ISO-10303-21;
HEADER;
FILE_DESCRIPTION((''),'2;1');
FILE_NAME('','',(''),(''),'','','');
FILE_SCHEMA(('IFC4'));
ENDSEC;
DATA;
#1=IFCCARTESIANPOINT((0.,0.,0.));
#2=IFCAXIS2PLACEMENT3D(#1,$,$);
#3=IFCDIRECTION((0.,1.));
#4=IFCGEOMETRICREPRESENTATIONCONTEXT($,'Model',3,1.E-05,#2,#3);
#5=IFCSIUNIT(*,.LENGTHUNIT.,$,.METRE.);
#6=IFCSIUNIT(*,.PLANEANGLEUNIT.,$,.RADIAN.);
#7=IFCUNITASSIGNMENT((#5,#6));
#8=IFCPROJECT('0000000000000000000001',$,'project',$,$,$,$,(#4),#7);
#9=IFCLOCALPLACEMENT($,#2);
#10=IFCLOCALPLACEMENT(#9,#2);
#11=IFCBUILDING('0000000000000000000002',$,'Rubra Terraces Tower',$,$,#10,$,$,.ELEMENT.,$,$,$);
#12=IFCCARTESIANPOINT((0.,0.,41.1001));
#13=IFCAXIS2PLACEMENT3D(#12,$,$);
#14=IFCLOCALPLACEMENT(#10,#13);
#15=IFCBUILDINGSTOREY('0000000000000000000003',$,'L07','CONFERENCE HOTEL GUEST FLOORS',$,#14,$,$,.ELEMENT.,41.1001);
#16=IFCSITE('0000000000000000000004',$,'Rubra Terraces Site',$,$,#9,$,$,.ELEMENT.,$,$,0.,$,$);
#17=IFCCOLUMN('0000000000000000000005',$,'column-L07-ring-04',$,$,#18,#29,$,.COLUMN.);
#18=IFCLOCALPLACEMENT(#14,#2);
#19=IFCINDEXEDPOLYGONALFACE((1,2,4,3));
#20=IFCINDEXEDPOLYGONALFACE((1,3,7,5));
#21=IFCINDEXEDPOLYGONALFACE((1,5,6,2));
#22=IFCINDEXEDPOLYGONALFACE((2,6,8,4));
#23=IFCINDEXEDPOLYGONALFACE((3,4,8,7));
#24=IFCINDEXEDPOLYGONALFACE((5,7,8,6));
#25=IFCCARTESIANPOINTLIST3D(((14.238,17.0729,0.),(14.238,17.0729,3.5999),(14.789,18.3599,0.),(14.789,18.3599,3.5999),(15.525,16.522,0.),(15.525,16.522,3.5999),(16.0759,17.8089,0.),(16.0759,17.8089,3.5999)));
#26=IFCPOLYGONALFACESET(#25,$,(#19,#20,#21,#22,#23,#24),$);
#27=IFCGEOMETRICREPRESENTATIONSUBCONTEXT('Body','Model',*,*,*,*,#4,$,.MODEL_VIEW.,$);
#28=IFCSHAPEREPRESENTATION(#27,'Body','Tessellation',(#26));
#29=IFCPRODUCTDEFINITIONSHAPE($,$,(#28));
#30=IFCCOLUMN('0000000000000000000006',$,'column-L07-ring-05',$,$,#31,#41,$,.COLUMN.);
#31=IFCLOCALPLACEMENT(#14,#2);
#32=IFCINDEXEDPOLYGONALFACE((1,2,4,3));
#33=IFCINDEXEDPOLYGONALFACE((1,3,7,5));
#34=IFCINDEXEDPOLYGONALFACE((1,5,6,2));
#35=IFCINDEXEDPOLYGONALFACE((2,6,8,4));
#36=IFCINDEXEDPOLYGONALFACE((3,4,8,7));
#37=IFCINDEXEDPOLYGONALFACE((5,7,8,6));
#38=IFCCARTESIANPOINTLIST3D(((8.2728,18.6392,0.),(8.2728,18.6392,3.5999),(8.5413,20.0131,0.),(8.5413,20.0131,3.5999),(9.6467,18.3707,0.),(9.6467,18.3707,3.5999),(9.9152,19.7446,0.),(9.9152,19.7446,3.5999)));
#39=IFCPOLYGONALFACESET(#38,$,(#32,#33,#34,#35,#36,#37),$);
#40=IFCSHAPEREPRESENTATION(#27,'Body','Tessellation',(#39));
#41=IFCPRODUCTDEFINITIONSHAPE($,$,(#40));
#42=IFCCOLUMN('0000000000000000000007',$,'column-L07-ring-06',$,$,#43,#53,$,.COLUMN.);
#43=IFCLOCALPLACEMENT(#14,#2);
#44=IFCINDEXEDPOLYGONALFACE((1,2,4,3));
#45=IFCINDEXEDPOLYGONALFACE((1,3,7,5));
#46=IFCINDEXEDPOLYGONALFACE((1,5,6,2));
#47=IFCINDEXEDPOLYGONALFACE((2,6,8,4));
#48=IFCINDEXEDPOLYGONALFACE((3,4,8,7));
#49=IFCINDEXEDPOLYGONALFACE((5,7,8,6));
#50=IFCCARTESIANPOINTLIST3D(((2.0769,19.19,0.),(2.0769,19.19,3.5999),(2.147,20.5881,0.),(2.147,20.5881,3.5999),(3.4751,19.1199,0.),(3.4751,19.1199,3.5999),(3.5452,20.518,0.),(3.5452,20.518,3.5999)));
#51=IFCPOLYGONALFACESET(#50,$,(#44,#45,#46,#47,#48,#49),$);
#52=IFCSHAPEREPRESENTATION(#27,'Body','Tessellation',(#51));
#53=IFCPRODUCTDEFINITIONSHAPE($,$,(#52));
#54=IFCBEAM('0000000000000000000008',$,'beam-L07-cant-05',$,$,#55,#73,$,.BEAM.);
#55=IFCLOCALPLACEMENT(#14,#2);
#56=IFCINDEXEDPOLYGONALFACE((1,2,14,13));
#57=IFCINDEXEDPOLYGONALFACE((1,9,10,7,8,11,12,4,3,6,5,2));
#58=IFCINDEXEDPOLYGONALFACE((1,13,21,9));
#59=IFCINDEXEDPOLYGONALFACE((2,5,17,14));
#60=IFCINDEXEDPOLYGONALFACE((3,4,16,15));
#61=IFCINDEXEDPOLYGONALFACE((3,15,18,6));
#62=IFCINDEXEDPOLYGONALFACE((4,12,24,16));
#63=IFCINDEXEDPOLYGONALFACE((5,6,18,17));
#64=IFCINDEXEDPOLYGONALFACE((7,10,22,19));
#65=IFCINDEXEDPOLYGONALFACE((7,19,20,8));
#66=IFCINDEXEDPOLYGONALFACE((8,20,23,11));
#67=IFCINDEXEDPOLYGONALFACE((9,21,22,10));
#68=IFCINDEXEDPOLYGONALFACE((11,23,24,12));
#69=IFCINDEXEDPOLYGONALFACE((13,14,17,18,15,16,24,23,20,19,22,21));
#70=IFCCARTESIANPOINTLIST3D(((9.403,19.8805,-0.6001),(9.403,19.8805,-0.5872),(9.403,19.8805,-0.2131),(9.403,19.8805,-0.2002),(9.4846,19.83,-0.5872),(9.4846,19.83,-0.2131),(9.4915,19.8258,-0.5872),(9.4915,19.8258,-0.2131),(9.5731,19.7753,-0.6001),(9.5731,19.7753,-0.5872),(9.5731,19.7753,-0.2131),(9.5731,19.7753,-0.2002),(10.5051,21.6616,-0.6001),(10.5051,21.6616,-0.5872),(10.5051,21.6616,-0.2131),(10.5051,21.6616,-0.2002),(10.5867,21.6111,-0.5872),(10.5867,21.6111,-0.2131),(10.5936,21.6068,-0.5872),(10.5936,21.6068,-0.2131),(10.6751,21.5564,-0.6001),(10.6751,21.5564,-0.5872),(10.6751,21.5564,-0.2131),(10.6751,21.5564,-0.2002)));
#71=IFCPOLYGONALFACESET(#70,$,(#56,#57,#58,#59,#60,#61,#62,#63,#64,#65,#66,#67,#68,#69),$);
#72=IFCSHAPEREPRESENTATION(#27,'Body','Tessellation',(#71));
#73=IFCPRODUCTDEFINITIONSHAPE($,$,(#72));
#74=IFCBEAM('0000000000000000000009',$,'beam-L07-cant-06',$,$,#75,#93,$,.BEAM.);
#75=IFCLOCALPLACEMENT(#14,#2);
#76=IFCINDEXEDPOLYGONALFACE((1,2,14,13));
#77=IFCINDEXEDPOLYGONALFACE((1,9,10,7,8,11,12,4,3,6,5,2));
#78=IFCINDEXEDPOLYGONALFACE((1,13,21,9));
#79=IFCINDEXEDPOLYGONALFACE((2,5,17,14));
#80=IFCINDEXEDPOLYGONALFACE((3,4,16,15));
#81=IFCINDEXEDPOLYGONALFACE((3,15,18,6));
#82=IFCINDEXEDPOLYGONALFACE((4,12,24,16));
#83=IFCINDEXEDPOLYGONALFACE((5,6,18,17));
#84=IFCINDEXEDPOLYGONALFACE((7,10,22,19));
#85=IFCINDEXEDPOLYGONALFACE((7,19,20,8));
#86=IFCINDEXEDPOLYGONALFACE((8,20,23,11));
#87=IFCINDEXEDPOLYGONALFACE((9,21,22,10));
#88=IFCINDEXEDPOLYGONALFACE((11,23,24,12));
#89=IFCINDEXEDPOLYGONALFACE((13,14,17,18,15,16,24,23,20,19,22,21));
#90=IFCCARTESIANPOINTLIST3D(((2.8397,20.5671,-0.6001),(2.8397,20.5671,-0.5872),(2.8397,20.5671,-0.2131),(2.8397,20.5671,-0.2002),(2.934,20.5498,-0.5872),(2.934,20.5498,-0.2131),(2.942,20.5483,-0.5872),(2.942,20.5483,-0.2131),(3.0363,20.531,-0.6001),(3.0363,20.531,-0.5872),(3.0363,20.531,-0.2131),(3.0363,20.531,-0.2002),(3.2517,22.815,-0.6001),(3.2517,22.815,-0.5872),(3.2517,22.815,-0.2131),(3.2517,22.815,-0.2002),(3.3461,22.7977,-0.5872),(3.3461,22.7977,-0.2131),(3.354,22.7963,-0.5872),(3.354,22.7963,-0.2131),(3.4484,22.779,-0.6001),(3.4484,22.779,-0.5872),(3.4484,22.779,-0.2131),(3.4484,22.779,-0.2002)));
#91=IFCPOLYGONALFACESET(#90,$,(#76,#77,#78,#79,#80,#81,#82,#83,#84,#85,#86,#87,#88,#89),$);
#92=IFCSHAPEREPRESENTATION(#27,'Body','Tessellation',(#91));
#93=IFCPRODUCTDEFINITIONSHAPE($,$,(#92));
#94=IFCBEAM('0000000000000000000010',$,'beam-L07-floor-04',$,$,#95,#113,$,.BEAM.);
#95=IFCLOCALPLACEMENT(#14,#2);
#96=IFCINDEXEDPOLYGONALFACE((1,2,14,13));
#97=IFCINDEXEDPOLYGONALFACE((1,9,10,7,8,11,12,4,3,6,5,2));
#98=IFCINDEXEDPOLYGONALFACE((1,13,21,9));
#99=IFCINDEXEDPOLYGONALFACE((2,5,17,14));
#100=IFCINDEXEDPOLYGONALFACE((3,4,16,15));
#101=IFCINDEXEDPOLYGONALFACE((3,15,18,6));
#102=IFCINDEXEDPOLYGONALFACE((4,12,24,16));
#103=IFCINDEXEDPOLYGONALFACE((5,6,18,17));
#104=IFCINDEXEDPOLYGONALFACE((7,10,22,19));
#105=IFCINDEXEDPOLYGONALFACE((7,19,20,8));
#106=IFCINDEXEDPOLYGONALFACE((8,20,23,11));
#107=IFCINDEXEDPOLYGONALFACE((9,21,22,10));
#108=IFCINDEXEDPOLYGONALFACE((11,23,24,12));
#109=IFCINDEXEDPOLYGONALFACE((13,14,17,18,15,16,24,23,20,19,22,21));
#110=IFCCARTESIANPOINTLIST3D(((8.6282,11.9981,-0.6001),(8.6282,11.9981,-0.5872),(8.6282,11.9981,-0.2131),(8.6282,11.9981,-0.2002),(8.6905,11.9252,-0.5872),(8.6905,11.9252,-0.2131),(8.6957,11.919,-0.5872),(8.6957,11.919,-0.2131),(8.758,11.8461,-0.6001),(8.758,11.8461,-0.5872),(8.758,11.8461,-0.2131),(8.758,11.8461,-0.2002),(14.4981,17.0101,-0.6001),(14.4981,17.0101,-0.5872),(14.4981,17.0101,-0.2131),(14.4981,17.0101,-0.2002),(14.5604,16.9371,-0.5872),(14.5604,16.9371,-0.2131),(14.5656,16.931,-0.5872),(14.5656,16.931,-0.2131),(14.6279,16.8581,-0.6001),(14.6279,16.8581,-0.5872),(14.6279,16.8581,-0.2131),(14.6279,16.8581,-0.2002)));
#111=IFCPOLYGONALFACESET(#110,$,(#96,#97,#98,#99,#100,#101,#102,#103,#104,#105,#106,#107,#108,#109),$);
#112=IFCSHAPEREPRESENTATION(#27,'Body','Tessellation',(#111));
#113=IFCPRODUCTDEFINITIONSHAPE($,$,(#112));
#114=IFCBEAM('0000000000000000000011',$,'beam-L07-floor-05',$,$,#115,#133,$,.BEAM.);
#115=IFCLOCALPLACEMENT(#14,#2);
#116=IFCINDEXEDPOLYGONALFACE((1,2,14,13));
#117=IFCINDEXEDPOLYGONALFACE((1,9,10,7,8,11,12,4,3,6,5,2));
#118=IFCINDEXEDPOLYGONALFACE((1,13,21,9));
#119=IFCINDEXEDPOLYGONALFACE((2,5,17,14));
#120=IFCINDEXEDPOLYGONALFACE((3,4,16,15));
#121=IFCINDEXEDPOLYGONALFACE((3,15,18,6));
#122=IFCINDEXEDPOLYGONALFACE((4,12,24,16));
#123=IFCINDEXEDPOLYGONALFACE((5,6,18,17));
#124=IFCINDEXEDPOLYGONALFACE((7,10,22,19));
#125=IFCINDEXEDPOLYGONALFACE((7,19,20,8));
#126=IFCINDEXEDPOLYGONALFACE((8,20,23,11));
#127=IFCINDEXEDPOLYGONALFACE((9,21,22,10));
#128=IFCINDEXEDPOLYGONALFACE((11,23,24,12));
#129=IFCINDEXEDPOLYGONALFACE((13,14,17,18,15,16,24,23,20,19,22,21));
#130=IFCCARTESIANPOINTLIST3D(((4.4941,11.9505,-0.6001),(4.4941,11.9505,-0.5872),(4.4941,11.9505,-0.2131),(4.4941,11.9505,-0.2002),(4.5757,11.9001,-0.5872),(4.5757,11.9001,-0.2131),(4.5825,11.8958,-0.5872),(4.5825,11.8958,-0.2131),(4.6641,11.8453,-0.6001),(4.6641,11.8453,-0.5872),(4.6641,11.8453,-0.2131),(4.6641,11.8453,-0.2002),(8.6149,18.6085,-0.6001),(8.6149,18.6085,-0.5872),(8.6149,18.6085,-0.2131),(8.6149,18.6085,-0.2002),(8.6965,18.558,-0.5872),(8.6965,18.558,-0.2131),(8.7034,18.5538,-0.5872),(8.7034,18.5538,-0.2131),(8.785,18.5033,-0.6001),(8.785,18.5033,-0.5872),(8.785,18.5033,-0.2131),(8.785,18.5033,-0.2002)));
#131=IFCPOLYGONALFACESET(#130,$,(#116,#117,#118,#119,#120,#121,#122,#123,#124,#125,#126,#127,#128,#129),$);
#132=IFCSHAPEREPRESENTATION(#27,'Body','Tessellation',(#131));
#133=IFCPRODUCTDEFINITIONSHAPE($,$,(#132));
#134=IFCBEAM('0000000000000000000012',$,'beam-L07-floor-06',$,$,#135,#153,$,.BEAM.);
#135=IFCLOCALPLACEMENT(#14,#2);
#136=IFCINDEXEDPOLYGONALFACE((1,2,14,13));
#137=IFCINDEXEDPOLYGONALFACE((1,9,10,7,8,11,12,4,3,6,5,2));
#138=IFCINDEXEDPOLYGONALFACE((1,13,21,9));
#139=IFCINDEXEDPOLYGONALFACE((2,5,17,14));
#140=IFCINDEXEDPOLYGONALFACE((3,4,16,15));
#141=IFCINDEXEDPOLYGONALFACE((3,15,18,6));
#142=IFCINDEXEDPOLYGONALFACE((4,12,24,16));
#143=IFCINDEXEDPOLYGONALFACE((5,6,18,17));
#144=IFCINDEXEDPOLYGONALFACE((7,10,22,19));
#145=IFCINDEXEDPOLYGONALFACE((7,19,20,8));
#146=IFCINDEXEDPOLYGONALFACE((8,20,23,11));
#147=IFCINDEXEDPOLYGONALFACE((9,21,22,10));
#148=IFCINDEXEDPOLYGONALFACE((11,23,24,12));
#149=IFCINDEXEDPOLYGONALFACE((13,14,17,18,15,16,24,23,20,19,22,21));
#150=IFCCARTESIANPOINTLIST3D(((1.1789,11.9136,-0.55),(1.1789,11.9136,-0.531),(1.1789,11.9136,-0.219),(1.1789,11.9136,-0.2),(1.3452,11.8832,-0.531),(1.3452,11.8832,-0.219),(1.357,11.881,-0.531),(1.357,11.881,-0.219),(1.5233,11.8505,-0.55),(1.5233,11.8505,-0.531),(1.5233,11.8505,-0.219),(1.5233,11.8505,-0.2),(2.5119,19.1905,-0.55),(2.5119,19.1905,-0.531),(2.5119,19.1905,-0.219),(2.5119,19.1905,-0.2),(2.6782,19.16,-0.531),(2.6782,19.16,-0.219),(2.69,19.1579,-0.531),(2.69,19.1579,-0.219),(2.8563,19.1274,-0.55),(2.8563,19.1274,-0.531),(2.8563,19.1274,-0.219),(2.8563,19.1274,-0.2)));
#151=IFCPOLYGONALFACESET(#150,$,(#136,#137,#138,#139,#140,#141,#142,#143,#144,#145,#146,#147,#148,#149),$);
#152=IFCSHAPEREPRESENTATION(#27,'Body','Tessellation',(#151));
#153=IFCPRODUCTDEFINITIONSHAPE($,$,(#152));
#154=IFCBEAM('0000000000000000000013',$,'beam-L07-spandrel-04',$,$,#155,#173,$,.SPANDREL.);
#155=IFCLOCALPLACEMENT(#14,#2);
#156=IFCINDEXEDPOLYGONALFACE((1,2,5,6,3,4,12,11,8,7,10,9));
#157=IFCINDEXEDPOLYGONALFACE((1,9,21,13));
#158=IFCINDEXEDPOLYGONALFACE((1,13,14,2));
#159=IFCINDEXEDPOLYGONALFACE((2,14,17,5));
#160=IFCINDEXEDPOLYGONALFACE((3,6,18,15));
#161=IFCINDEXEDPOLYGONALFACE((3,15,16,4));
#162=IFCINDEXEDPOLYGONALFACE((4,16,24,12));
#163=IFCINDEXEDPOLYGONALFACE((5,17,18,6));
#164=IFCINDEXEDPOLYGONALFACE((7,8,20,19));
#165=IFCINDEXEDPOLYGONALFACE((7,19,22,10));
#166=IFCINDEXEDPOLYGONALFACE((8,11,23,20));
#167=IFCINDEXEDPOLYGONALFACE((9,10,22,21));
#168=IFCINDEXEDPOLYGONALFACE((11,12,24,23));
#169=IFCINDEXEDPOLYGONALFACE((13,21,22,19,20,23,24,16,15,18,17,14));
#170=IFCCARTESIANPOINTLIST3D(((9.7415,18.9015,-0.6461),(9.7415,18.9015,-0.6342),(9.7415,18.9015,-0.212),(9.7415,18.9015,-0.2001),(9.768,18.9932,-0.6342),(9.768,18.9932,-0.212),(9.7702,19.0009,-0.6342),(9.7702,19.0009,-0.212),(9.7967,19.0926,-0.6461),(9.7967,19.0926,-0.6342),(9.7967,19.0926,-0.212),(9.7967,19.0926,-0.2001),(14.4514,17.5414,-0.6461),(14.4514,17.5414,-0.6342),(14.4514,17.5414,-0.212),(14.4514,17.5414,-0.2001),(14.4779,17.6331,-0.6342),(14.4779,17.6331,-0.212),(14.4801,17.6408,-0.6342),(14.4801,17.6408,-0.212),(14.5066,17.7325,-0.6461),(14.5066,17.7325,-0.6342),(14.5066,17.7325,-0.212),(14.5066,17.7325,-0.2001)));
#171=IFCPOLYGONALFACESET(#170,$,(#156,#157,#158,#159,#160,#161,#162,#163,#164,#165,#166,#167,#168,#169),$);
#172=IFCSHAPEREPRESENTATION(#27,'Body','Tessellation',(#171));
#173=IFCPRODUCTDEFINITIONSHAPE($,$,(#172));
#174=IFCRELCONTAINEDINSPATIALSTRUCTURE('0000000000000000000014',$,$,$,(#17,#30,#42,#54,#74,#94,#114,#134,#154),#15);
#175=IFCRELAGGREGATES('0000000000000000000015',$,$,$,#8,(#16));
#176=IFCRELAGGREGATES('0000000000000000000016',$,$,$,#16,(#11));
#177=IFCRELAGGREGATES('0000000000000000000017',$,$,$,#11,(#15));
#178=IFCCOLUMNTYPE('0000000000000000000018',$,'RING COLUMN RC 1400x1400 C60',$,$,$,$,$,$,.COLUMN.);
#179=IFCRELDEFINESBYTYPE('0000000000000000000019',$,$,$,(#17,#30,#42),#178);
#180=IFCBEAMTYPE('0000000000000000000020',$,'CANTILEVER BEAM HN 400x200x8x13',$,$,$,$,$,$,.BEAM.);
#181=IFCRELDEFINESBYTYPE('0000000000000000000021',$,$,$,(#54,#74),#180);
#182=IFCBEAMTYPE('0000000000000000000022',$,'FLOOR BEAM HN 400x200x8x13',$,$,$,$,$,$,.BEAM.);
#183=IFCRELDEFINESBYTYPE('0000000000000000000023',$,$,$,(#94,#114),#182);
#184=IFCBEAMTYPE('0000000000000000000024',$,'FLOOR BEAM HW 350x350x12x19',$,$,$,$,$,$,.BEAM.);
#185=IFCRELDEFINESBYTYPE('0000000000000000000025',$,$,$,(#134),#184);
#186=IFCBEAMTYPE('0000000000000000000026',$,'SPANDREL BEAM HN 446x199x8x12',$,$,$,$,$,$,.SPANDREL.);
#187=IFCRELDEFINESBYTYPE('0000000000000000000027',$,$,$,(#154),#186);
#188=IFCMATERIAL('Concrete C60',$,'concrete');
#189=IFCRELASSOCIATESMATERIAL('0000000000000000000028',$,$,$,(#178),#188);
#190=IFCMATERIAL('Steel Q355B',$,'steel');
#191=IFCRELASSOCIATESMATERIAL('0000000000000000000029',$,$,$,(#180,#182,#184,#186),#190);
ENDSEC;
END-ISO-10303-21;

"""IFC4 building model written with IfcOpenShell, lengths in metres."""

from ifc_helpers import new_model, si_unit, direction, frame, origin, origin_2d, place, context, subcontext, project, spatial, rectangle, i_section, extrude, material, material_profile, profile_set, type_object, element, save


model = new_model("IFC4")

# Units and contexts
model_context = context("Model", 3, precision=1e-05, world=origin(), true_north=direction((0.0, 1.0)))
body_context = subcontext(model_context, "Body", "Model", "MODEL_VIEW")
ifc_project = project(units=[si_unit("LENGTHUNIT", "METRE"), si_unit("PLANEANGLEUNIT", "RADIAN")], contexts=[model_context])

# Site, building, storey
site_placement = place(None, origin())
site = spatial("IfcSite", under=ifc_project, at=site_placement, Name="Rubra Terraces Site", CompositionType="ELEMENT", RefElevation=0.0)
building_placement = place(site_placement, origin())
building = spatial("IfcBuilding", under=site, at=building_placement, Name="Rubra Terraces Tower", CompositionType="ELEMENT")
storey_placement = place(building_placement, frame((0.0, 0.0, 41.1001)))
storey = spatial("IfcBuildingStorey", under=building, at=storey_placement, Name="L07", Description="CONFERENCE HOTEL GUEST FLOORS", CompositionType="ELEMENT", Elevation=41.1001)

# Columns
ifc_material_1 = material(Name="Concrete C60", Category="concrete")
ifc_material_profile_1 = material_profile(ifc_material_1, rectangle(XDim=1.3999, YDim=1.3999, at=origin_2d()), Name="RC 1400x1400")
ifc_profile_set_1 = profile_set([ifc_material_profile_1], Name="Concrete C60")
column_type = type_object("IfcColumnType", Name="RING COLUMN RC 1400x1400 C60", PredefinedType="COLUMN", material=ifc_profile_set_1)
for number, where, z_axis, x_axis, name in (
    (1, (15.157, 17.4409, 0.0), (0.0, 0.0, 1.0), (-0.919294, 0.393572, 0.0), "column-L07-ring-04"),
    (2, (9.094, 19.1919, 0.0), (0.0, 0.0, 1.0), (-0.98143, 0.191819, 0.0), "column-L07-ring-05"),
    (3, (2.811, 19.854, 0.0), (0.0, 0.0, 1.0), (-0.998745, 0.050084, 0.0), "column-L07-ring-06"),
):
    element("IfcColumn", number, at=place(storey_placement, frame(where, z_axis=z_axis, x_axis=x_axis)), inside=storey, type_object=column_type, Name=name, PredefinedType="COLUMN", context=body_context, shape_type="SweptSolid", body=[
        extrude(rectangle(XDim=1.3999, YDim=1.3999, at=origin_2d()), origin(), (0.0, 0.0, 1.0), 3.5999),
    ])

# Beams
ifc_material_2 = material(Name="Steel Q355B", Category="steel")
ifc_material_profile_2 = material_profile(ifc_material_2, i_section(OverallWidth=0.2, OverallDepth=0.3999, WebThickness=0.0081, FlangeThickness=0.0129, at=origin_2d()), Name="HN 400x200x8x13")
ifc_profile_set_2 = profile_set([ifc_material_profile_2], Name="Steel Q355B")
beam_type_1 = type_object("IfcBeamType", Name="CANTILEVER BEAM HN 400x200x8x13", PredefinedType="BEAM", material=ifc_profile_set_2)
beam_1_placement = place(storey_placement, frame((9.488, 19.8279, -0.4001), z_axis=(0.52619, 0.850367, 0.0), x_axis=(-0.850367, 0.52619, 0.0)))
element("IfcBeam", 4, at=beam_1_placement, inside=storey, type_object=beam_type_1, Name="beam-L07-cant-05", PredefinedType="BEAM", context=body_context, shape_type="SweptSolid", body=[
    extrude(i_section(OverallWidth=0.2, OverallDepth=0.3999, WebThickness=0.0081, FlangeThickness=0.0129, at=origin_2d()), origin(), (0.0, 0.0, 1.0), 2.0945),
])
beam_2_placement = place(storey_placement, frame((2.938, 20.5491, -0.4001), z_axis=(0.180314, 0.983609, 0.0), x_axis=(-0.983609, 0.180314, 0.0)))
element("IfcBeam", 5, at=beam_2_placement, inside=storey, type_object=beam_type_1, Name="beam-L07-cant-06", PredefinedType="BEAM", context=body_context, shape_type="SweptSolid", body=[
    extrude(i_section(OverallWidth=0.2, OverallDepth=0.3999, WebThickness=0.0081, FlangeThickness=0.0129, at=origin_2d()), origin(), (0.0, 0.0, 1.0), 2.2854),
])
ifc_material_profile_3 = material_profile(ifc_material_2, i_section(OverallWidth=0.2, OverallDepth=0.3999, WebThickness=0.0081, FlangeThickness=0.0129, at=origin_2d()), Name="HN 400x200x8x13")
ifc_profile_set_3 = profile_set([ifc_material_profile_3], Name="Steel Q355B")
beam_type_2 = type_object("IfcBeamType", Name="FLOOR BEAM HN 400x200x8x13", PredefinedType="BEAM", material=ifc_profile_set_3)
beam_3_placement = place(storey_placement, frame((14.563, 16.9341, -0.4001), z_axis=(-0.760494, -0.649344, 0.0), x_axis=(0.649344, -0.760494, 0.0)))
element("IfcBeam", 6, at=beam_3_placement, inside=storey, type_object=beam_type_2, Name="beam-L07-floor-04", PredefinedType="BEAM", context=body_context, shape_type="SweptSolid", body=[
    extrude(i_section(OverallWidth=0.2, OverallDepth=0.3999, WebThickness=0.0081, FlangeThickness=0.0129, at=origin_2d()), origin(), (0.0, 0.0, 1.0), 7.7185),
])
beam_4_placement = place(storey_placement, frame((8.7, 18.5559, -0.4001), z_axis=(-0.526286, -0.850308, 0.0), x_axis=(0.850308, -0.526286, 0.0)))
element("IfcBeam", 7, at=beam_4_placement, inside=storey, type_object=beam_type_2, Name="beam-L07-floor-05", PredefinedType="BEAM", context=body_context, shape_type="SweptSolid", body=[
    extrude(i_section(OverallWidth=0.2, OverallDepth=0.3999, WebThickness=0.0081, FlangeThickness=0.0129, at=origin_2d()), origin(), (0.0, 0.0, 1.0), 7.8301),
])
ifc_material_profile_4 = material_profile(ifc_material_2, i_section(OverallWidth=0.3501, OverallDepth=0.3501, WebThickness=0.012, FlangeThickness=0.019, at=origin_2d()), Name="HW 350x350x12x19")
ifc_profile_set_4 = profile_set([ifc_material_profile_4], Name="Steel Q355B")
beam_type_3 = type_object("IfcBeamType", Name="FLOOR BEAM HW 350x350x12x19", PredefinedType="BEAM", material=ifc_profile_set_4)
beam_5_placement = place(storey_placement, frame((2.6841, 19.1589, -0.375), z_axis=(-0.180186, -0.983632, 0.0), x_axis=(0.983632, -0.180186, 0.0)))
element("IfcBeam", 8, at=beam_5_placement, inside=storey, type_object=beam_type_3, Name="beam-L07-floor-06", PredefinedType="BEAM", context=body_context, shape_type="SweptSolid", body=[
    extrude(i_section(OverallWidth=0.3501, OverallDepth=0.3501, WebThickness=0.012, FlangeThickness=0.019, at=origin_2d()), origin(), (0.0, 0.0, 1.0), 7.3979),
])
ifc_material_profile_5 = material_profile(ifc_material_2, i_section(OverallWidth=0.199, OverallDepth=0.446, WebThickness=0.0081, FlangeThickness=0.012, at=origin_2d()), Name="HN 446x199x8x12")
ifc_profile_set_5 = profile_set([ifc_material_profile_5], Name="Steel Q355B")
beam_type_4 = type_object("IfcBeamType", Name="SPANDREL BEAM HN 446x199x8x12", PredefinedType="SPANDREL", material=ifc_profile_set_5)
beam_6_placement = place(storey_placement, frame((14.479, 17.637, -0.4231), z_axis=(-0.960744, 0.277436, 0.0), x_axis=(-0.277436, -0.960744, 0.0)))
element("IfcBeam", 9, at=beam_6_placement, inside=storey, type_object=beam_type_4, Name="beam-L07-spandrel-04", PredefinedType="SPANDREL", context=body_context, shape_type="SweptSolid", body=[
    extrude(i_section(OverallWidth=0.199, OverallDepth=0.446, WebThickness=0.0081, FlangeThickness=0.012, at=origin_2d()), origin(), (0.0, 0.0, 1.0), 4.9023),
])

save(model, "model.ifc")
